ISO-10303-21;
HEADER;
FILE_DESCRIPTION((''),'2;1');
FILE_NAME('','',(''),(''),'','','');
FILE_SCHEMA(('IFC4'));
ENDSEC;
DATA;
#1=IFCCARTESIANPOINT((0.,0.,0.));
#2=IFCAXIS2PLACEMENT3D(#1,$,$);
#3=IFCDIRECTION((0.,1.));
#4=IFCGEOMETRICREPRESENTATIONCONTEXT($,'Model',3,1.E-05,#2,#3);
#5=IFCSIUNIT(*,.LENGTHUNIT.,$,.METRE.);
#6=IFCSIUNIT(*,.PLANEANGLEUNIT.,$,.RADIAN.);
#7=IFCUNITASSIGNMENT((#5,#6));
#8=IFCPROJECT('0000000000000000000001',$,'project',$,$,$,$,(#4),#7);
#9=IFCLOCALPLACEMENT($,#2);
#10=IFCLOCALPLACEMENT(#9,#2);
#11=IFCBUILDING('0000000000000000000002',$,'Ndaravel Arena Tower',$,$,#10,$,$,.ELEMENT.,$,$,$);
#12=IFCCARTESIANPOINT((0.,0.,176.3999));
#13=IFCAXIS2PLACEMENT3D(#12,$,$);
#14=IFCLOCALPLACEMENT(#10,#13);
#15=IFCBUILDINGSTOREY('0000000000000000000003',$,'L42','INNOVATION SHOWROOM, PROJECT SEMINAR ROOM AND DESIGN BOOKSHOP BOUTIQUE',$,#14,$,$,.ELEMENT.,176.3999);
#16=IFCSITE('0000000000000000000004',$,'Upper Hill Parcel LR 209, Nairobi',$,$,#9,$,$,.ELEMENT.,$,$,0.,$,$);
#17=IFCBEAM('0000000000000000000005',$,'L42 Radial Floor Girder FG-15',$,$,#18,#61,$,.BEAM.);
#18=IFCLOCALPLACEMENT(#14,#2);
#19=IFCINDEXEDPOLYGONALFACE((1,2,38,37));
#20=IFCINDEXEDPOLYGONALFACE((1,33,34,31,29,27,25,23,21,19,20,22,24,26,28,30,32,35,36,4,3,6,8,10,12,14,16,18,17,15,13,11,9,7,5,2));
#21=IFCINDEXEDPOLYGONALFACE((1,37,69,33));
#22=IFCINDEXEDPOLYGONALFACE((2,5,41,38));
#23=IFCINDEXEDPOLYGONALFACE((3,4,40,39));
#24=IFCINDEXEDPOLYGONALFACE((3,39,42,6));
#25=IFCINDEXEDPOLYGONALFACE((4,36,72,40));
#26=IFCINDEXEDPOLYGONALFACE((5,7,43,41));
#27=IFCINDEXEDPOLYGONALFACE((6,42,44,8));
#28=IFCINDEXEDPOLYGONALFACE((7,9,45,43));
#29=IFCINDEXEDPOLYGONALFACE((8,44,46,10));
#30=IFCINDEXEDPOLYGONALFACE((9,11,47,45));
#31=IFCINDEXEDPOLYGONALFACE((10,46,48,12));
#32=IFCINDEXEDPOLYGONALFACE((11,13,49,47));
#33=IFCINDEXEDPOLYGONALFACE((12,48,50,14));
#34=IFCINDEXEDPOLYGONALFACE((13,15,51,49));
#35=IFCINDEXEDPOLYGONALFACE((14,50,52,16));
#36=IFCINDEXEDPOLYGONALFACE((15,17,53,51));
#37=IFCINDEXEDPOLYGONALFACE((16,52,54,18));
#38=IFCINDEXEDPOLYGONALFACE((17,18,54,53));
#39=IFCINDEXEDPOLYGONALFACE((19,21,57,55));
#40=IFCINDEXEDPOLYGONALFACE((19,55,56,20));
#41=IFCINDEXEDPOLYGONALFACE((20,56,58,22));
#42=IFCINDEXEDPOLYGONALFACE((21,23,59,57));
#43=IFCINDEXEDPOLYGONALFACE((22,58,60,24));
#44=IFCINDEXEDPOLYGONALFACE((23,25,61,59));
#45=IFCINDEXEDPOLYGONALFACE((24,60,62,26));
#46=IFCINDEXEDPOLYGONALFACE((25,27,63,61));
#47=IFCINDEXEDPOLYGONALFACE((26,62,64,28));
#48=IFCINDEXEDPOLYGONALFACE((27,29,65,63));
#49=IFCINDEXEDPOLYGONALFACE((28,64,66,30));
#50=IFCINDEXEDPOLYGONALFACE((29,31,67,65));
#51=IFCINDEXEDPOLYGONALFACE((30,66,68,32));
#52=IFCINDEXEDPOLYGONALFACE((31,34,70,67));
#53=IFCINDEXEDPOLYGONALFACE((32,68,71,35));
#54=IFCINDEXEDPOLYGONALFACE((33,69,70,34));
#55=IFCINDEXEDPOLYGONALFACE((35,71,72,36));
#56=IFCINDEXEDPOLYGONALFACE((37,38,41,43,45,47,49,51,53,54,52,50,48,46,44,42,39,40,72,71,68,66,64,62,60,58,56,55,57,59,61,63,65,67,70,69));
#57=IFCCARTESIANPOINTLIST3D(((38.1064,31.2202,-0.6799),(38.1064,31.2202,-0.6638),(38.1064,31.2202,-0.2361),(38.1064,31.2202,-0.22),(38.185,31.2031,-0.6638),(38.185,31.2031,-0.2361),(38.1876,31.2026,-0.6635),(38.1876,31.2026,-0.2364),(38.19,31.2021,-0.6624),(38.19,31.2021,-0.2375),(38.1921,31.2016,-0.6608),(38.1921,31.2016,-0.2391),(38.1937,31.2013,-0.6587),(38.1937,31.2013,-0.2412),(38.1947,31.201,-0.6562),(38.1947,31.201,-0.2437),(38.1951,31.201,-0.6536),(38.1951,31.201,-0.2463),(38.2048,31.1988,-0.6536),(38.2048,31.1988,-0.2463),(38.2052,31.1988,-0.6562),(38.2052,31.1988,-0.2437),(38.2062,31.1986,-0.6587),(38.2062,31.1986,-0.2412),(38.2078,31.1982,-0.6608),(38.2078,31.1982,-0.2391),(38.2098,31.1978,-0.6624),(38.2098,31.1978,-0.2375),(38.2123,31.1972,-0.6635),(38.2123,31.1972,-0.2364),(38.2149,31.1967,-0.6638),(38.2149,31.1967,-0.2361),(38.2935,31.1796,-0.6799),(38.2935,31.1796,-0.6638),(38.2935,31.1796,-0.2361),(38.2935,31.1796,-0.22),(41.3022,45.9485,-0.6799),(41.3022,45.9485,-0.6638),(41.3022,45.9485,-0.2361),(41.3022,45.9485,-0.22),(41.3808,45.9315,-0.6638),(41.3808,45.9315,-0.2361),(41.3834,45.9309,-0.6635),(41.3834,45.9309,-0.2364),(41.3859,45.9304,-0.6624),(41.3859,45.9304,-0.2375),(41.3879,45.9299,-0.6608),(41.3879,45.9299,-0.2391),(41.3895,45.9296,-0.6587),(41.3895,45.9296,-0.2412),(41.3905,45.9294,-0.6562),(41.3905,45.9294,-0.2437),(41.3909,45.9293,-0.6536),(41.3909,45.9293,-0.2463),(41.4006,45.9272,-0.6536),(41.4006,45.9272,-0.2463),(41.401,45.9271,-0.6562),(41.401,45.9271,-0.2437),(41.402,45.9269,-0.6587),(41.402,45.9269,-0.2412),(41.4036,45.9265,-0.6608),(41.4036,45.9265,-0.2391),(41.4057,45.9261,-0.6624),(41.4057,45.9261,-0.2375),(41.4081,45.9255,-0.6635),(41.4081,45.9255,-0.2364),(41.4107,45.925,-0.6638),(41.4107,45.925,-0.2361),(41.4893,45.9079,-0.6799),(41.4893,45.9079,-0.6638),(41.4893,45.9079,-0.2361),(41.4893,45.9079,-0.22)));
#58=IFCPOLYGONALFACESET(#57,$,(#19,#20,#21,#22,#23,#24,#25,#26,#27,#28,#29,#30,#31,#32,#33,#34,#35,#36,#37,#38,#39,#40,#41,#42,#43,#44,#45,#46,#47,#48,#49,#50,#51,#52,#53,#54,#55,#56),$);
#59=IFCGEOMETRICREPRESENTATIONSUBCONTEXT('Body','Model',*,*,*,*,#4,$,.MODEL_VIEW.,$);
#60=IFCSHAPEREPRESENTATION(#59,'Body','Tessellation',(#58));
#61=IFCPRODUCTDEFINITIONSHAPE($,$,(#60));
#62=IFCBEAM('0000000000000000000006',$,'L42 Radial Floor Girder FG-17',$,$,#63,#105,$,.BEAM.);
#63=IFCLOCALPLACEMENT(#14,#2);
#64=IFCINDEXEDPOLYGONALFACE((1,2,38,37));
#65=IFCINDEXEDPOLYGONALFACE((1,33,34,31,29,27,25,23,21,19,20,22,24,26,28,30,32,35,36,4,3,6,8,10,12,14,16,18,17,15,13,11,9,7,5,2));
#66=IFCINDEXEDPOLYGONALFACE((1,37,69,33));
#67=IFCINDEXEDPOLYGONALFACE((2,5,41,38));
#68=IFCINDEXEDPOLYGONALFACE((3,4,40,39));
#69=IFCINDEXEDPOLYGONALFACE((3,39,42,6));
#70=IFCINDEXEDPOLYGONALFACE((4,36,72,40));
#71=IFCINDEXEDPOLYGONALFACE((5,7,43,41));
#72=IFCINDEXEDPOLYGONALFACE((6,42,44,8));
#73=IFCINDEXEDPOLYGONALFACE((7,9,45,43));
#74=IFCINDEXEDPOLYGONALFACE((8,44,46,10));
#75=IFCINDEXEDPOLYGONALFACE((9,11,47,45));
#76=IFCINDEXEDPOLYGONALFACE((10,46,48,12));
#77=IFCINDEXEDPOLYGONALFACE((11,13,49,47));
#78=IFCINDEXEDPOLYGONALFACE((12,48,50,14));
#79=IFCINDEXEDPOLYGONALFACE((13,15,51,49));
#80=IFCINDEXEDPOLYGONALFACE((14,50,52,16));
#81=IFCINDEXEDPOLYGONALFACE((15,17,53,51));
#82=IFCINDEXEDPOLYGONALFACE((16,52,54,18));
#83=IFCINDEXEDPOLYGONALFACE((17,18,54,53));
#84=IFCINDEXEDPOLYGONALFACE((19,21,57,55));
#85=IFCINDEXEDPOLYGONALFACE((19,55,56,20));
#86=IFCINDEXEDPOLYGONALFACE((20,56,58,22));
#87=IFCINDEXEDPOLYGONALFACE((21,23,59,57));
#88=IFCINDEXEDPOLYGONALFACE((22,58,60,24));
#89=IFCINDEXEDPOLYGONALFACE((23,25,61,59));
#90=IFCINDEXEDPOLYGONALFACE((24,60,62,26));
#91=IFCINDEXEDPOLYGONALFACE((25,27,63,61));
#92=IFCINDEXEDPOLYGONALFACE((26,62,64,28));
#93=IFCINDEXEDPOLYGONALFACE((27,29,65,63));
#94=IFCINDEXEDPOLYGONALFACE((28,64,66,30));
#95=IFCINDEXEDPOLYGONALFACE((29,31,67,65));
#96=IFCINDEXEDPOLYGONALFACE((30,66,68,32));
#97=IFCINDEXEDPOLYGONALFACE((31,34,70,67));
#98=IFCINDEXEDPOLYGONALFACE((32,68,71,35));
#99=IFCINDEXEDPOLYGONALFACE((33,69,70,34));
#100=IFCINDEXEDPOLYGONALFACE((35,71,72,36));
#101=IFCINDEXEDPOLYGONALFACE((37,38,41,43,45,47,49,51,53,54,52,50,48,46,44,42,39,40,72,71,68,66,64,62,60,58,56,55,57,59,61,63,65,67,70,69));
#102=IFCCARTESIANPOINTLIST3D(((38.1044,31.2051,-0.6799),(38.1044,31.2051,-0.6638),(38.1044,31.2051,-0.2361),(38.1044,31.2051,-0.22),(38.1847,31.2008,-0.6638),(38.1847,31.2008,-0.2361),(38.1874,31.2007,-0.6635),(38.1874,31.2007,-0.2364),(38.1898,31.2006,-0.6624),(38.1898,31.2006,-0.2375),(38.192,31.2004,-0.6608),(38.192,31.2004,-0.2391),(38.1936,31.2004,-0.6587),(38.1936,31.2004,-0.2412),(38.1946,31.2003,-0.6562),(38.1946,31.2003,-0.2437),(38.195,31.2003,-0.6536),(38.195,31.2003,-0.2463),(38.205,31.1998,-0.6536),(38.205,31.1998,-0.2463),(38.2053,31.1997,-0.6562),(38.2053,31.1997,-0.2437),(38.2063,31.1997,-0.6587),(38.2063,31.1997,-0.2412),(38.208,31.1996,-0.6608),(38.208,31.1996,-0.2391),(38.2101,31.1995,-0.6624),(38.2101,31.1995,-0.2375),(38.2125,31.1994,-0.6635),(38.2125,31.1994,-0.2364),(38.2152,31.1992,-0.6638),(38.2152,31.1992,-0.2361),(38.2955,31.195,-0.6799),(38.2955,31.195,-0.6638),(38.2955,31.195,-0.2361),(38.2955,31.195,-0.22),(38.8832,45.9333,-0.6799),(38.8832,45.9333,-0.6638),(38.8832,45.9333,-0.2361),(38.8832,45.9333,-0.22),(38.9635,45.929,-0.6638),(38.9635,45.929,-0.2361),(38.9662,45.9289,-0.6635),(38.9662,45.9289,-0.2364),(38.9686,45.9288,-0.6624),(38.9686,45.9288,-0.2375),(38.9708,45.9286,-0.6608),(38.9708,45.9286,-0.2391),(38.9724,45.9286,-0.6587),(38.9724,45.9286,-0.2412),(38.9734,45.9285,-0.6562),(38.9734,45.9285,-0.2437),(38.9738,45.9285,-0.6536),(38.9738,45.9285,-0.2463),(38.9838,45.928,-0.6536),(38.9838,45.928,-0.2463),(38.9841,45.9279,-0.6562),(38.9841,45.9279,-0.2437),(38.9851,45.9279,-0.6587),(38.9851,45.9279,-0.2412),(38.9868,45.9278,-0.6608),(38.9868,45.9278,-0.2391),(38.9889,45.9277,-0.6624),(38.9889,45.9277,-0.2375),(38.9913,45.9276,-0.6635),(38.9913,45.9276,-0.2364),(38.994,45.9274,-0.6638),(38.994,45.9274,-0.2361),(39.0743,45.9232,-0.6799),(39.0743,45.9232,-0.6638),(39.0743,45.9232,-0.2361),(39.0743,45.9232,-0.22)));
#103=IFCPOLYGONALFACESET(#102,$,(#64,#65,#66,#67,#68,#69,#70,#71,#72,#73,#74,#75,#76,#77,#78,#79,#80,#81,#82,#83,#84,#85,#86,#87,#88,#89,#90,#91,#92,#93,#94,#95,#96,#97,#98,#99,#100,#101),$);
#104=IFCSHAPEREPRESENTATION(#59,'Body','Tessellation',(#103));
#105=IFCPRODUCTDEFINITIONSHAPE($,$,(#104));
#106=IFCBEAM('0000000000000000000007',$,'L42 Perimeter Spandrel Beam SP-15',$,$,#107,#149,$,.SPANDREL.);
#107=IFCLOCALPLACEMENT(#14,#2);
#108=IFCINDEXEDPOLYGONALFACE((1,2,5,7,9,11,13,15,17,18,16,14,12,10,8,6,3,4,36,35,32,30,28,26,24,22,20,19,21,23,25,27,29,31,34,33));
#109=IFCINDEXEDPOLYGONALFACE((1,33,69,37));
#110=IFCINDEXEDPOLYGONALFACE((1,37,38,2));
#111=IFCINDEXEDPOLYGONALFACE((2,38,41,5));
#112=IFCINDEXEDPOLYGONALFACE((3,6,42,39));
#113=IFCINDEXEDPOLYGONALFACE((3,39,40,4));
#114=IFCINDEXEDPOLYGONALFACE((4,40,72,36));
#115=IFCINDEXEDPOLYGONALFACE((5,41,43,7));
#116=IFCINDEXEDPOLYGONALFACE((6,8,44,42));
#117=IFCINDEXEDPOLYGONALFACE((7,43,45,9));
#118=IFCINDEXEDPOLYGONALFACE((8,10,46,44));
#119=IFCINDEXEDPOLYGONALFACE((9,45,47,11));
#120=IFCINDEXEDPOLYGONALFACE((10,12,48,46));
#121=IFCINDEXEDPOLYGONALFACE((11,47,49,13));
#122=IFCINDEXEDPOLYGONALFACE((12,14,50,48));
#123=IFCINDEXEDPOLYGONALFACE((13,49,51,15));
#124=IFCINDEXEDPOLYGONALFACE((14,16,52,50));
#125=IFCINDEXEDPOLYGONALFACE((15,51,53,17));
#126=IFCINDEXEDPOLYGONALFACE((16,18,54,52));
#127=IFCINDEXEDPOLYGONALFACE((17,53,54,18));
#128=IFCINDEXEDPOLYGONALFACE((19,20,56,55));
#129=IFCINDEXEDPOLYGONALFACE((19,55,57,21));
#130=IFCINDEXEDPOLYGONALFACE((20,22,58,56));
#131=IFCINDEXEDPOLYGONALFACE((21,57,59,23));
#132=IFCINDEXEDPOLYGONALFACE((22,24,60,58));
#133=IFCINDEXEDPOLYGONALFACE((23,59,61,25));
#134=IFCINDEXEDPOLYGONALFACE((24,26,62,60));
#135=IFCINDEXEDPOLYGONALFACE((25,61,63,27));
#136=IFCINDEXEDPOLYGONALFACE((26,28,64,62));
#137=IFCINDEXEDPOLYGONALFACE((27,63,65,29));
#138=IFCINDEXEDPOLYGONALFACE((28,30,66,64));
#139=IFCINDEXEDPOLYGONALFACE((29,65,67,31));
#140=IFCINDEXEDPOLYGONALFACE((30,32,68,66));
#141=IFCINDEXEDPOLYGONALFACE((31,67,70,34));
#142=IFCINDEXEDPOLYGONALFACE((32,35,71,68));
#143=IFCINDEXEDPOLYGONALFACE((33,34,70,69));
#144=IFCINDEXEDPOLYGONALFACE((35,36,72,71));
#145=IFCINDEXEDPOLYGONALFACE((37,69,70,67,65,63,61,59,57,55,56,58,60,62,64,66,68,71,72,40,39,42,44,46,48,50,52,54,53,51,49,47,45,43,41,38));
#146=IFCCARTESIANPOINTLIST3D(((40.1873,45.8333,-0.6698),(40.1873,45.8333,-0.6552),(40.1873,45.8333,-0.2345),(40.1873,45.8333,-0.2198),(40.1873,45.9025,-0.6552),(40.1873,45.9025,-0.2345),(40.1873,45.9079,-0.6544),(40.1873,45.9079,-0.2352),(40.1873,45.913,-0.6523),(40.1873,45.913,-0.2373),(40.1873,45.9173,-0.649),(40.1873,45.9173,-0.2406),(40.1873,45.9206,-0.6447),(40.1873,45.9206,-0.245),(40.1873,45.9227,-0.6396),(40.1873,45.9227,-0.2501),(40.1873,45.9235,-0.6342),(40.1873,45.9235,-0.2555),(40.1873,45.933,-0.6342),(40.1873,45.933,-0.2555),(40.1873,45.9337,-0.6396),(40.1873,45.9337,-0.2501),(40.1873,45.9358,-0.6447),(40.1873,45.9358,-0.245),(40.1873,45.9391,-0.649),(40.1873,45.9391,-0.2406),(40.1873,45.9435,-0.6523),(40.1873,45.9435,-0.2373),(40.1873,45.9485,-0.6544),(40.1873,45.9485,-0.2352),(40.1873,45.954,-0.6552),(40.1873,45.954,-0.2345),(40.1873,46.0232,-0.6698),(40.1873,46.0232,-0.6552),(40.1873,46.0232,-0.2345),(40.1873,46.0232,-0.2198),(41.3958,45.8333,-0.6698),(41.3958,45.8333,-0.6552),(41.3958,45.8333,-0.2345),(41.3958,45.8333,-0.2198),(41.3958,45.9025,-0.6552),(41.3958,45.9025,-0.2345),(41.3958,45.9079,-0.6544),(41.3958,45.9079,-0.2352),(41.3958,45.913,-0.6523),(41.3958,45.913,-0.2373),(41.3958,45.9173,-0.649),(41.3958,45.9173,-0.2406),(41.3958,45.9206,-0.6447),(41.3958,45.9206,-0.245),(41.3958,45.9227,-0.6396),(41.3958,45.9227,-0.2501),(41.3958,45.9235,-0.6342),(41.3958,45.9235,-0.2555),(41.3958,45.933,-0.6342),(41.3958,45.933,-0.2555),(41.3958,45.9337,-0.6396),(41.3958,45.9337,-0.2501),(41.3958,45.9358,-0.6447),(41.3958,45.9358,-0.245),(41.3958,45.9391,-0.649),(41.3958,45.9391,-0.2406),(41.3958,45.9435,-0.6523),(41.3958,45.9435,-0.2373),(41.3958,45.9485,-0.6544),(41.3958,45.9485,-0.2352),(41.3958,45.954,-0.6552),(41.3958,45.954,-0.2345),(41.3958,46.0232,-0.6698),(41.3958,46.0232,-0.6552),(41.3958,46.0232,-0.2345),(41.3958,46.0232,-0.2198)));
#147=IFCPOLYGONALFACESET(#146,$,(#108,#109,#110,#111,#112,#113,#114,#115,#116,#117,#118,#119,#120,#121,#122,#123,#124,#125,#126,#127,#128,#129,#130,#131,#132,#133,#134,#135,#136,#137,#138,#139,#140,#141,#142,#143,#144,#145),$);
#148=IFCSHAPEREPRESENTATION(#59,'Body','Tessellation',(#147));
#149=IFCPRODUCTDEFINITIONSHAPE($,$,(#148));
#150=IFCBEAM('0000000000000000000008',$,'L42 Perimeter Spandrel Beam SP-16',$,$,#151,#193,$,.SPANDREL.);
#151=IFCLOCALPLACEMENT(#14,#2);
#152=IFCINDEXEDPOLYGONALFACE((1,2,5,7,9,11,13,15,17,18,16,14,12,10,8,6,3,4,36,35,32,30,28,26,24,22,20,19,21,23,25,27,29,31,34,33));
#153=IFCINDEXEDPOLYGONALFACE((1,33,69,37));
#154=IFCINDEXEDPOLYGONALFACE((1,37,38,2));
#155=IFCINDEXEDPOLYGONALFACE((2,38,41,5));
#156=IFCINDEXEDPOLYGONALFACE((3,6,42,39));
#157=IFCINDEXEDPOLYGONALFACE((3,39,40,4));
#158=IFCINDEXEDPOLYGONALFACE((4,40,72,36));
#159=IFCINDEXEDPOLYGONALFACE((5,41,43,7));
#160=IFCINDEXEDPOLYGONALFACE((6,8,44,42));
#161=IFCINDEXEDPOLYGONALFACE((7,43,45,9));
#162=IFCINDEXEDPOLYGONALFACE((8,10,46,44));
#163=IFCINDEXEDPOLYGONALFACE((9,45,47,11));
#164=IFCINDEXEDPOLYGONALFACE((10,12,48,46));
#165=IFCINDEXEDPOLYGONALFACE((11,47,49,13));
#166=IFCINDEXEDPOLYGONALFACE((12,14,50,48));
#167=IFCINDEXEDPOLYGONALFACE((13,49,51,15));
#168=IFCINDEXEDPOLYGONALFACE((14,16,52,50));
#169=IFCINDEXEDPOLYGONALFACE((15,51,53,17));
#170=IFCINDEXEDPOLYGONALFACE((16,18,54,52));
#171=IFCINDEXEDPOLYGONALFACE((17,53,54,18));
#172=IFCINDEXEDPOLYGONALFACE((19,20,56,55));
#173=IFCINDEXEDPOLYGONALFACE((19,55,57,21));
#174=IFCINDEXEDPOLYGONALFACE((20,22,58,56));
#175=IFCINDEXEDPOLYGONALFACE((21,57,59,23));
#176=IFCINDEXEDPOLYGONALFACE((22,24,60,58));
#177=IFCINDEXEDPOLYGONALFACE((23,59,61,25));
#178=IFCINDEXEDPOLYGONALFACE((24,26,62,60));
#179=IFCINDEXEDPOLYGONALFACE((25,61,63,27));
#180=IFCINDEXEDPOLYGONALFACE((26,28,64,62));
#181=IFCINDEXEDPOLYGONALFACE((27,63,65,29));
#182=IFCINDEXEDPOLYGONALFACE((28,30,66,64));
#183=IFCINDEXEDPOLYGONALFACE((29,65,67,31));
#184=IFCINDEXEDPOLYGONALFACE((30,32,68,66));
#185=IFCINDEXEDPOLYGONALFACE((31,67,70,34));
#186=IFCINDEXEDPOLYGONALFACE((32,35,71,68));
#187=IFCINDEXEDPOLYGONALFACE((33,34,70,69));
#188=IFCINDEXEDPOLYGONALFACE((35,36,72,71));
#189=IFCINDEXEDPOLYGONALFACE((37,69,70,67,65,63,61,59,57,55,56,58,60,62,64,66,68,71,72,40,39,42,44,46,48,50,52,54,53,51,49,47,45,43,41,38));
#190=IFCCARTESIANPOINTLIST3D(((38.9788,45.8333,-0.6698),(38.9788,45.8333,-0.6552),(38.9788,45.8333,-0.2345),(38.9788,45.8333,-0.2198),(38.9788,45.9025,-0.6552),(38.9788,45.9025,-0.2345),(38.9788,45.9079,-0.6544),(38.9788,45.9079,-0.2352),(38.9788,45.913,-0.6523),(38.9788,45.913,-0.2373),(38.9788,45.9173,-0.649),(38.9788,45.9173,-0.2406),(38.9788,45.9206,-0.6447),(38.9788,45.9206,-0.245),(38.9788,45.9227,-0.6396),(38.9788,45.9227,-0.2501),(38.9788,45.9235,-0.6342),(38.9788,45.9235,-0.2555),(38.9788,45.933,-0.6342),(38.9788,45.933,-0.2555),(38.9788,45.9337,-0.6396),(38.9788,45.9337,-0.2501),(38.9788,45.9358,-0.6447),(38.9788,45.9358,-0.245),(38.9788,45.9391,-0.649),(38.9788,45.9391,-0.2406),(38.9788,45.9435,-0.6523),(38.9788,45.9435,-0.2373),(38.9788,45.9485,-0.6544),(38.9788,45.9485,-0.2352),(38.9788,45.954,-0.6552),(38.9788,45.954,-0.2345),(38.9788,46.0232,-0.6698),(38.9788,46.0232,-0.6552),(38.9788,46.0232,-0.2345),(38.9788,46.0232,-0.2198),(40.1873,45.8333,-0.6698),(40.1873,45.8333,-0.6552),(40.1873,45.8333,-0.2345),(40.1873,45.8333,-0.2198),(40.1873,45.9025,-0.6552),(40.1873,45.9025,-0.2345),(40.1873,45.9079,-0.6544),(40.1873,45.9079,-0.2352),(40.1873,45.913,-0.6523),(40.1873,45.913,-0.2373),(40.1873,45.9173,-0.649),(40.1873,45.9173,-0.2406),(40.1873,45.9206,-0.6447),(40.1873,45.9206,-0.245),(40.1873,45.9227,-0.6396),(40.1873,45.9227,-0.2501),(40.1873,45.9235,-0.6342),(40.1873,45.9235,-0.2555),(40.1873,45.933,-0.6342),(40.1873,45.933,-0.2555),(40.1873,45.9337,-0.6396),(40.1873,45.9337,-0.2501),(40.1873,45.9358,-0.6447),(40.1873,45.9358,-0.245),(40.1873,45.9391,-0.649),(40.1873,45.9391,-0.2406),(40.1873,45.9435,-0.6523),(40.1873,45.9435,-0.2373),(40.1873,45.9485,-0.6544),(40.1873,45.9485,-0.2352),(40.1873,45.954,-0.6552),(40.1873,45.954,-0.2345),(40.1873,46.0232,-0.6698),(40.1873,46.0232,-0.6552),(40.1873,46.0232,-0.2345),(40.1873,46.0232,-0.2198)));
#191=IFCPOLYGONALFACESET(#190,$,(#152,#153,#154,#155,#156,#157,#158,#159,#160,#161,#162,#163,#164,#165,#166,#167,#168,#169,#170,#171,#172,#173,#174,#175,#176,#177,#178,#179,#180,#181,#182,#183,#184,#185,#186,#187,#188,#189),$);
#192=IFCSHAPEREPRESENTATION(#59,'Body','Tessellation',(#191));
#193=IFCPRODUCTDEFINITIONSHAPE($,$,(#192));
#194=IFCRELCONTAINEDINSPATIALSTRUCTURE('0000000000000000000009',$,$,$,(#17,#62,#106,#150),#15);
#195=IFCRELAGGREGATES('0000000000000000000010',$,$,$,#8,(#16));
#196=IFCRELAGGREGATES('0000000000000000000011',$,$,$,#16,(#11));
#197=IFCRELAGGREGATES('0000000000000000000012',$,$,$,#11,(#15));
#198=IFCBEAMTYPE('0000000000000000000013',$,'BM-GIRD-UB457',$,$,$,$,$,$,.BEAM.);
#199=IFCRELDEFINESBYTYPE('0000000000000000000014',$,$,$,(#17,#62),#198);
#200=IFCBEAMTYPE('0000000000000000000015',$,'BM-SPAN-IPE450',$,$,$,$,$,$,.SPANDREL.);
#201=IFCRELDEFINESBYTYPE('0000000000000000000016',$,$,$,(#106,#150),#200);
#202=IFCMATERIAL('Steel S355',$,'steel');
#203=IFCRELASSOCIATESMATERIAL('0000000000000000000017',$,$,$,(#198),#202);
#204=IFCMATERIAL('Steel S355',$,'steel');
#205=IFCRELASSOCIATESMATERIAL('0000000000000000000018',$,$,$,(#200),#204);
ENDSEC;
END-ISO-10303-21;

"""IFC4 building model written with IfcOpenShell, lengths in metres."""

from ifc_helpers import new_model, si_unit, direction, frame, origin, origin_2d, place, context, subcontext, project, spatial, i_section, extrude, material, material_profile, profile_set, type_object, element, save


model = new_model("IFC4")

# Units and contexts
model_context = context("Model", 3, precision=1e-05, world=origin(), true_north=direction((0.0, 1.0)))
body_context = subcontext(model_context, "Body", "Model", "MODEL_VIEW")
ifc_project = project(units=[si_unit("LENGTHUNIT", "METRE"), si_unit("PLANEANGLEUNIT", "RADIAN")], contexts=[model_context])

# Site, building, storey
site_placement = place(None, origin())
site = spatial("IfcSite", under=ifc_project, at=site_placement, Name="Upper Hill Parcel LR 209, Nairobi", CompositionType="ELEMENT", RefElevation=0.0)
building_placement = place(site_placement, origin())
building = spatial("IfcBuilding", under=site, at=building_placement, Name="Ndaravel Arena Tower", CompositionType="ELEMENT")
storey_placement = place(building_placement, frame((0.0, 0.0, 176.3999)))
storey = spatial("IfcBuildingStorey", under=building, at=storey_placement, Name="L42", Description="INNOVATION SHOWROOM, PROJECT SEMINAR ROOM AND DESIGN BOOKSHOP BOUTIQUE", CompositionType="ELEMENT", Elevation=176.3999)

# Beams
ifc_material_1 = material(Name="Steel S355", Category="steel")
ifc_material_profile_1 = material_profile(ifc_material_1, i_section(OverallWidth=0.1914, OverallDepth=0.46, WebThickness=0.01, FlangeThickness=0.0161, FilletRadius=0.0103, at=origin_2d()), Name="UB 457x191x82")
ifc_profile_set_1 = profile_set([ifc_material_profile_1], Name="Steel S355")
beam_type_1 = type_object("IfcBeamType", Name="BM-GIRD-UB457", PredefinedType="BEAM", material=ifc_profile_set_1)
beam_1_placement = place(storey_placement, frame((41.3958, 45.9282, -0.45), z_axis=(-0.21205, -0.977259, 0.0), x_axis=(0.977259, -0.21205, 0.0)))
element("IfcBeam", 1, at=beam_1_placement, inside=storey, type_object=beam_type_1, Name="L42 Radial Floor Girder FG-15", PredefinedType="BEAM", context=body_context, shape_type="SweptSolid", body=[
    extrude(i_section(OverallWidth=0.1914, OverallDepth=0.46, WebThickness=0.01, FlangeThickness=0.0161, FilletRadius=0.0103, at=origin_2d()), origin(), (0.0, 0.0, 1.0), 15.071),
])
beam_2_placement = place(storey_placement, frame((38.9788, 45.9282, -0.45), z_axis=(-0.052805, -0.998605, 0.0), x_axis=(0.998605, -0.052805, 0.0)))
element("IfcBeam", 2, at=beam_2_placement, inside=storey, type_object=beam_type_1, Name="L42 Radial Floor Girder FG-17", PredefinedType="BEAM", context=body_context, shape_type="SweptSolid", body=[
    extrude(i_section(OverallWidth=0.1914, OverallDepth=0.46, WebThickness=0.01, FlangeThickness=0.0161, FilletRadius=0.0103, at=origin_2d()), origin(), (0.0, 0.0, 1.0), 14.7488),
])
ifc_material_2 = material(Name="Steel S355", Category="steel")
ifc_material_profile_2 = material_profile(ifc_material_2, i_section(OverallWidth=0.1899, OverallDepth=0.45, WebThickness=0.0095, FlangeThickness=0.0146, FilletRadius=0.021, at=origin_2d()), Name="IPE 450")
ifc_profile_set_2 = profile_set([ifc_material_profile_2], Name="Steel S355")
beam_type_2 = type_object("IfcBeamType", Name="BM-SPAN-IPE450", PredefinedType="SPANDREL", material=ifc_profile_set_2)
for number, where, z_axis, x_axis, name in (
    (3, (41.3958, 45.9282, -0.4448), (-1.0, 0.0, 0.0), (0.0, -1.0, 0.0), "L42 Perimeter Spandrel Beam SP-15"),
    (4, (40.1873, 45.9282, -0.4448), (-1.0, 0.0, 0.0), (0.0, -1.0, 0.0), "L42 Perimeter Spandrel Beam SP-16"),
):
    element("IfcBeam", number, at=place(storey_placement, frame(where, z_axis=z_axis, x_axis=x_axis)), inside=storey, type_object=beam_type_2, Name=name, PredefinedType="SPANDREL", context=body_context, shape_type="SweptSolid", body=[
        extrude(i_section(OverallWidth=0.1899, OverallDepth=0.45, WebThickness=0.0095, FlangeThickness=0.0146, FilletRadius=0.021, at=origin_2d()), origin(), (0.0, 0.0, 1.0), 1.2085),
    ])

save(model, "model.ifc")
